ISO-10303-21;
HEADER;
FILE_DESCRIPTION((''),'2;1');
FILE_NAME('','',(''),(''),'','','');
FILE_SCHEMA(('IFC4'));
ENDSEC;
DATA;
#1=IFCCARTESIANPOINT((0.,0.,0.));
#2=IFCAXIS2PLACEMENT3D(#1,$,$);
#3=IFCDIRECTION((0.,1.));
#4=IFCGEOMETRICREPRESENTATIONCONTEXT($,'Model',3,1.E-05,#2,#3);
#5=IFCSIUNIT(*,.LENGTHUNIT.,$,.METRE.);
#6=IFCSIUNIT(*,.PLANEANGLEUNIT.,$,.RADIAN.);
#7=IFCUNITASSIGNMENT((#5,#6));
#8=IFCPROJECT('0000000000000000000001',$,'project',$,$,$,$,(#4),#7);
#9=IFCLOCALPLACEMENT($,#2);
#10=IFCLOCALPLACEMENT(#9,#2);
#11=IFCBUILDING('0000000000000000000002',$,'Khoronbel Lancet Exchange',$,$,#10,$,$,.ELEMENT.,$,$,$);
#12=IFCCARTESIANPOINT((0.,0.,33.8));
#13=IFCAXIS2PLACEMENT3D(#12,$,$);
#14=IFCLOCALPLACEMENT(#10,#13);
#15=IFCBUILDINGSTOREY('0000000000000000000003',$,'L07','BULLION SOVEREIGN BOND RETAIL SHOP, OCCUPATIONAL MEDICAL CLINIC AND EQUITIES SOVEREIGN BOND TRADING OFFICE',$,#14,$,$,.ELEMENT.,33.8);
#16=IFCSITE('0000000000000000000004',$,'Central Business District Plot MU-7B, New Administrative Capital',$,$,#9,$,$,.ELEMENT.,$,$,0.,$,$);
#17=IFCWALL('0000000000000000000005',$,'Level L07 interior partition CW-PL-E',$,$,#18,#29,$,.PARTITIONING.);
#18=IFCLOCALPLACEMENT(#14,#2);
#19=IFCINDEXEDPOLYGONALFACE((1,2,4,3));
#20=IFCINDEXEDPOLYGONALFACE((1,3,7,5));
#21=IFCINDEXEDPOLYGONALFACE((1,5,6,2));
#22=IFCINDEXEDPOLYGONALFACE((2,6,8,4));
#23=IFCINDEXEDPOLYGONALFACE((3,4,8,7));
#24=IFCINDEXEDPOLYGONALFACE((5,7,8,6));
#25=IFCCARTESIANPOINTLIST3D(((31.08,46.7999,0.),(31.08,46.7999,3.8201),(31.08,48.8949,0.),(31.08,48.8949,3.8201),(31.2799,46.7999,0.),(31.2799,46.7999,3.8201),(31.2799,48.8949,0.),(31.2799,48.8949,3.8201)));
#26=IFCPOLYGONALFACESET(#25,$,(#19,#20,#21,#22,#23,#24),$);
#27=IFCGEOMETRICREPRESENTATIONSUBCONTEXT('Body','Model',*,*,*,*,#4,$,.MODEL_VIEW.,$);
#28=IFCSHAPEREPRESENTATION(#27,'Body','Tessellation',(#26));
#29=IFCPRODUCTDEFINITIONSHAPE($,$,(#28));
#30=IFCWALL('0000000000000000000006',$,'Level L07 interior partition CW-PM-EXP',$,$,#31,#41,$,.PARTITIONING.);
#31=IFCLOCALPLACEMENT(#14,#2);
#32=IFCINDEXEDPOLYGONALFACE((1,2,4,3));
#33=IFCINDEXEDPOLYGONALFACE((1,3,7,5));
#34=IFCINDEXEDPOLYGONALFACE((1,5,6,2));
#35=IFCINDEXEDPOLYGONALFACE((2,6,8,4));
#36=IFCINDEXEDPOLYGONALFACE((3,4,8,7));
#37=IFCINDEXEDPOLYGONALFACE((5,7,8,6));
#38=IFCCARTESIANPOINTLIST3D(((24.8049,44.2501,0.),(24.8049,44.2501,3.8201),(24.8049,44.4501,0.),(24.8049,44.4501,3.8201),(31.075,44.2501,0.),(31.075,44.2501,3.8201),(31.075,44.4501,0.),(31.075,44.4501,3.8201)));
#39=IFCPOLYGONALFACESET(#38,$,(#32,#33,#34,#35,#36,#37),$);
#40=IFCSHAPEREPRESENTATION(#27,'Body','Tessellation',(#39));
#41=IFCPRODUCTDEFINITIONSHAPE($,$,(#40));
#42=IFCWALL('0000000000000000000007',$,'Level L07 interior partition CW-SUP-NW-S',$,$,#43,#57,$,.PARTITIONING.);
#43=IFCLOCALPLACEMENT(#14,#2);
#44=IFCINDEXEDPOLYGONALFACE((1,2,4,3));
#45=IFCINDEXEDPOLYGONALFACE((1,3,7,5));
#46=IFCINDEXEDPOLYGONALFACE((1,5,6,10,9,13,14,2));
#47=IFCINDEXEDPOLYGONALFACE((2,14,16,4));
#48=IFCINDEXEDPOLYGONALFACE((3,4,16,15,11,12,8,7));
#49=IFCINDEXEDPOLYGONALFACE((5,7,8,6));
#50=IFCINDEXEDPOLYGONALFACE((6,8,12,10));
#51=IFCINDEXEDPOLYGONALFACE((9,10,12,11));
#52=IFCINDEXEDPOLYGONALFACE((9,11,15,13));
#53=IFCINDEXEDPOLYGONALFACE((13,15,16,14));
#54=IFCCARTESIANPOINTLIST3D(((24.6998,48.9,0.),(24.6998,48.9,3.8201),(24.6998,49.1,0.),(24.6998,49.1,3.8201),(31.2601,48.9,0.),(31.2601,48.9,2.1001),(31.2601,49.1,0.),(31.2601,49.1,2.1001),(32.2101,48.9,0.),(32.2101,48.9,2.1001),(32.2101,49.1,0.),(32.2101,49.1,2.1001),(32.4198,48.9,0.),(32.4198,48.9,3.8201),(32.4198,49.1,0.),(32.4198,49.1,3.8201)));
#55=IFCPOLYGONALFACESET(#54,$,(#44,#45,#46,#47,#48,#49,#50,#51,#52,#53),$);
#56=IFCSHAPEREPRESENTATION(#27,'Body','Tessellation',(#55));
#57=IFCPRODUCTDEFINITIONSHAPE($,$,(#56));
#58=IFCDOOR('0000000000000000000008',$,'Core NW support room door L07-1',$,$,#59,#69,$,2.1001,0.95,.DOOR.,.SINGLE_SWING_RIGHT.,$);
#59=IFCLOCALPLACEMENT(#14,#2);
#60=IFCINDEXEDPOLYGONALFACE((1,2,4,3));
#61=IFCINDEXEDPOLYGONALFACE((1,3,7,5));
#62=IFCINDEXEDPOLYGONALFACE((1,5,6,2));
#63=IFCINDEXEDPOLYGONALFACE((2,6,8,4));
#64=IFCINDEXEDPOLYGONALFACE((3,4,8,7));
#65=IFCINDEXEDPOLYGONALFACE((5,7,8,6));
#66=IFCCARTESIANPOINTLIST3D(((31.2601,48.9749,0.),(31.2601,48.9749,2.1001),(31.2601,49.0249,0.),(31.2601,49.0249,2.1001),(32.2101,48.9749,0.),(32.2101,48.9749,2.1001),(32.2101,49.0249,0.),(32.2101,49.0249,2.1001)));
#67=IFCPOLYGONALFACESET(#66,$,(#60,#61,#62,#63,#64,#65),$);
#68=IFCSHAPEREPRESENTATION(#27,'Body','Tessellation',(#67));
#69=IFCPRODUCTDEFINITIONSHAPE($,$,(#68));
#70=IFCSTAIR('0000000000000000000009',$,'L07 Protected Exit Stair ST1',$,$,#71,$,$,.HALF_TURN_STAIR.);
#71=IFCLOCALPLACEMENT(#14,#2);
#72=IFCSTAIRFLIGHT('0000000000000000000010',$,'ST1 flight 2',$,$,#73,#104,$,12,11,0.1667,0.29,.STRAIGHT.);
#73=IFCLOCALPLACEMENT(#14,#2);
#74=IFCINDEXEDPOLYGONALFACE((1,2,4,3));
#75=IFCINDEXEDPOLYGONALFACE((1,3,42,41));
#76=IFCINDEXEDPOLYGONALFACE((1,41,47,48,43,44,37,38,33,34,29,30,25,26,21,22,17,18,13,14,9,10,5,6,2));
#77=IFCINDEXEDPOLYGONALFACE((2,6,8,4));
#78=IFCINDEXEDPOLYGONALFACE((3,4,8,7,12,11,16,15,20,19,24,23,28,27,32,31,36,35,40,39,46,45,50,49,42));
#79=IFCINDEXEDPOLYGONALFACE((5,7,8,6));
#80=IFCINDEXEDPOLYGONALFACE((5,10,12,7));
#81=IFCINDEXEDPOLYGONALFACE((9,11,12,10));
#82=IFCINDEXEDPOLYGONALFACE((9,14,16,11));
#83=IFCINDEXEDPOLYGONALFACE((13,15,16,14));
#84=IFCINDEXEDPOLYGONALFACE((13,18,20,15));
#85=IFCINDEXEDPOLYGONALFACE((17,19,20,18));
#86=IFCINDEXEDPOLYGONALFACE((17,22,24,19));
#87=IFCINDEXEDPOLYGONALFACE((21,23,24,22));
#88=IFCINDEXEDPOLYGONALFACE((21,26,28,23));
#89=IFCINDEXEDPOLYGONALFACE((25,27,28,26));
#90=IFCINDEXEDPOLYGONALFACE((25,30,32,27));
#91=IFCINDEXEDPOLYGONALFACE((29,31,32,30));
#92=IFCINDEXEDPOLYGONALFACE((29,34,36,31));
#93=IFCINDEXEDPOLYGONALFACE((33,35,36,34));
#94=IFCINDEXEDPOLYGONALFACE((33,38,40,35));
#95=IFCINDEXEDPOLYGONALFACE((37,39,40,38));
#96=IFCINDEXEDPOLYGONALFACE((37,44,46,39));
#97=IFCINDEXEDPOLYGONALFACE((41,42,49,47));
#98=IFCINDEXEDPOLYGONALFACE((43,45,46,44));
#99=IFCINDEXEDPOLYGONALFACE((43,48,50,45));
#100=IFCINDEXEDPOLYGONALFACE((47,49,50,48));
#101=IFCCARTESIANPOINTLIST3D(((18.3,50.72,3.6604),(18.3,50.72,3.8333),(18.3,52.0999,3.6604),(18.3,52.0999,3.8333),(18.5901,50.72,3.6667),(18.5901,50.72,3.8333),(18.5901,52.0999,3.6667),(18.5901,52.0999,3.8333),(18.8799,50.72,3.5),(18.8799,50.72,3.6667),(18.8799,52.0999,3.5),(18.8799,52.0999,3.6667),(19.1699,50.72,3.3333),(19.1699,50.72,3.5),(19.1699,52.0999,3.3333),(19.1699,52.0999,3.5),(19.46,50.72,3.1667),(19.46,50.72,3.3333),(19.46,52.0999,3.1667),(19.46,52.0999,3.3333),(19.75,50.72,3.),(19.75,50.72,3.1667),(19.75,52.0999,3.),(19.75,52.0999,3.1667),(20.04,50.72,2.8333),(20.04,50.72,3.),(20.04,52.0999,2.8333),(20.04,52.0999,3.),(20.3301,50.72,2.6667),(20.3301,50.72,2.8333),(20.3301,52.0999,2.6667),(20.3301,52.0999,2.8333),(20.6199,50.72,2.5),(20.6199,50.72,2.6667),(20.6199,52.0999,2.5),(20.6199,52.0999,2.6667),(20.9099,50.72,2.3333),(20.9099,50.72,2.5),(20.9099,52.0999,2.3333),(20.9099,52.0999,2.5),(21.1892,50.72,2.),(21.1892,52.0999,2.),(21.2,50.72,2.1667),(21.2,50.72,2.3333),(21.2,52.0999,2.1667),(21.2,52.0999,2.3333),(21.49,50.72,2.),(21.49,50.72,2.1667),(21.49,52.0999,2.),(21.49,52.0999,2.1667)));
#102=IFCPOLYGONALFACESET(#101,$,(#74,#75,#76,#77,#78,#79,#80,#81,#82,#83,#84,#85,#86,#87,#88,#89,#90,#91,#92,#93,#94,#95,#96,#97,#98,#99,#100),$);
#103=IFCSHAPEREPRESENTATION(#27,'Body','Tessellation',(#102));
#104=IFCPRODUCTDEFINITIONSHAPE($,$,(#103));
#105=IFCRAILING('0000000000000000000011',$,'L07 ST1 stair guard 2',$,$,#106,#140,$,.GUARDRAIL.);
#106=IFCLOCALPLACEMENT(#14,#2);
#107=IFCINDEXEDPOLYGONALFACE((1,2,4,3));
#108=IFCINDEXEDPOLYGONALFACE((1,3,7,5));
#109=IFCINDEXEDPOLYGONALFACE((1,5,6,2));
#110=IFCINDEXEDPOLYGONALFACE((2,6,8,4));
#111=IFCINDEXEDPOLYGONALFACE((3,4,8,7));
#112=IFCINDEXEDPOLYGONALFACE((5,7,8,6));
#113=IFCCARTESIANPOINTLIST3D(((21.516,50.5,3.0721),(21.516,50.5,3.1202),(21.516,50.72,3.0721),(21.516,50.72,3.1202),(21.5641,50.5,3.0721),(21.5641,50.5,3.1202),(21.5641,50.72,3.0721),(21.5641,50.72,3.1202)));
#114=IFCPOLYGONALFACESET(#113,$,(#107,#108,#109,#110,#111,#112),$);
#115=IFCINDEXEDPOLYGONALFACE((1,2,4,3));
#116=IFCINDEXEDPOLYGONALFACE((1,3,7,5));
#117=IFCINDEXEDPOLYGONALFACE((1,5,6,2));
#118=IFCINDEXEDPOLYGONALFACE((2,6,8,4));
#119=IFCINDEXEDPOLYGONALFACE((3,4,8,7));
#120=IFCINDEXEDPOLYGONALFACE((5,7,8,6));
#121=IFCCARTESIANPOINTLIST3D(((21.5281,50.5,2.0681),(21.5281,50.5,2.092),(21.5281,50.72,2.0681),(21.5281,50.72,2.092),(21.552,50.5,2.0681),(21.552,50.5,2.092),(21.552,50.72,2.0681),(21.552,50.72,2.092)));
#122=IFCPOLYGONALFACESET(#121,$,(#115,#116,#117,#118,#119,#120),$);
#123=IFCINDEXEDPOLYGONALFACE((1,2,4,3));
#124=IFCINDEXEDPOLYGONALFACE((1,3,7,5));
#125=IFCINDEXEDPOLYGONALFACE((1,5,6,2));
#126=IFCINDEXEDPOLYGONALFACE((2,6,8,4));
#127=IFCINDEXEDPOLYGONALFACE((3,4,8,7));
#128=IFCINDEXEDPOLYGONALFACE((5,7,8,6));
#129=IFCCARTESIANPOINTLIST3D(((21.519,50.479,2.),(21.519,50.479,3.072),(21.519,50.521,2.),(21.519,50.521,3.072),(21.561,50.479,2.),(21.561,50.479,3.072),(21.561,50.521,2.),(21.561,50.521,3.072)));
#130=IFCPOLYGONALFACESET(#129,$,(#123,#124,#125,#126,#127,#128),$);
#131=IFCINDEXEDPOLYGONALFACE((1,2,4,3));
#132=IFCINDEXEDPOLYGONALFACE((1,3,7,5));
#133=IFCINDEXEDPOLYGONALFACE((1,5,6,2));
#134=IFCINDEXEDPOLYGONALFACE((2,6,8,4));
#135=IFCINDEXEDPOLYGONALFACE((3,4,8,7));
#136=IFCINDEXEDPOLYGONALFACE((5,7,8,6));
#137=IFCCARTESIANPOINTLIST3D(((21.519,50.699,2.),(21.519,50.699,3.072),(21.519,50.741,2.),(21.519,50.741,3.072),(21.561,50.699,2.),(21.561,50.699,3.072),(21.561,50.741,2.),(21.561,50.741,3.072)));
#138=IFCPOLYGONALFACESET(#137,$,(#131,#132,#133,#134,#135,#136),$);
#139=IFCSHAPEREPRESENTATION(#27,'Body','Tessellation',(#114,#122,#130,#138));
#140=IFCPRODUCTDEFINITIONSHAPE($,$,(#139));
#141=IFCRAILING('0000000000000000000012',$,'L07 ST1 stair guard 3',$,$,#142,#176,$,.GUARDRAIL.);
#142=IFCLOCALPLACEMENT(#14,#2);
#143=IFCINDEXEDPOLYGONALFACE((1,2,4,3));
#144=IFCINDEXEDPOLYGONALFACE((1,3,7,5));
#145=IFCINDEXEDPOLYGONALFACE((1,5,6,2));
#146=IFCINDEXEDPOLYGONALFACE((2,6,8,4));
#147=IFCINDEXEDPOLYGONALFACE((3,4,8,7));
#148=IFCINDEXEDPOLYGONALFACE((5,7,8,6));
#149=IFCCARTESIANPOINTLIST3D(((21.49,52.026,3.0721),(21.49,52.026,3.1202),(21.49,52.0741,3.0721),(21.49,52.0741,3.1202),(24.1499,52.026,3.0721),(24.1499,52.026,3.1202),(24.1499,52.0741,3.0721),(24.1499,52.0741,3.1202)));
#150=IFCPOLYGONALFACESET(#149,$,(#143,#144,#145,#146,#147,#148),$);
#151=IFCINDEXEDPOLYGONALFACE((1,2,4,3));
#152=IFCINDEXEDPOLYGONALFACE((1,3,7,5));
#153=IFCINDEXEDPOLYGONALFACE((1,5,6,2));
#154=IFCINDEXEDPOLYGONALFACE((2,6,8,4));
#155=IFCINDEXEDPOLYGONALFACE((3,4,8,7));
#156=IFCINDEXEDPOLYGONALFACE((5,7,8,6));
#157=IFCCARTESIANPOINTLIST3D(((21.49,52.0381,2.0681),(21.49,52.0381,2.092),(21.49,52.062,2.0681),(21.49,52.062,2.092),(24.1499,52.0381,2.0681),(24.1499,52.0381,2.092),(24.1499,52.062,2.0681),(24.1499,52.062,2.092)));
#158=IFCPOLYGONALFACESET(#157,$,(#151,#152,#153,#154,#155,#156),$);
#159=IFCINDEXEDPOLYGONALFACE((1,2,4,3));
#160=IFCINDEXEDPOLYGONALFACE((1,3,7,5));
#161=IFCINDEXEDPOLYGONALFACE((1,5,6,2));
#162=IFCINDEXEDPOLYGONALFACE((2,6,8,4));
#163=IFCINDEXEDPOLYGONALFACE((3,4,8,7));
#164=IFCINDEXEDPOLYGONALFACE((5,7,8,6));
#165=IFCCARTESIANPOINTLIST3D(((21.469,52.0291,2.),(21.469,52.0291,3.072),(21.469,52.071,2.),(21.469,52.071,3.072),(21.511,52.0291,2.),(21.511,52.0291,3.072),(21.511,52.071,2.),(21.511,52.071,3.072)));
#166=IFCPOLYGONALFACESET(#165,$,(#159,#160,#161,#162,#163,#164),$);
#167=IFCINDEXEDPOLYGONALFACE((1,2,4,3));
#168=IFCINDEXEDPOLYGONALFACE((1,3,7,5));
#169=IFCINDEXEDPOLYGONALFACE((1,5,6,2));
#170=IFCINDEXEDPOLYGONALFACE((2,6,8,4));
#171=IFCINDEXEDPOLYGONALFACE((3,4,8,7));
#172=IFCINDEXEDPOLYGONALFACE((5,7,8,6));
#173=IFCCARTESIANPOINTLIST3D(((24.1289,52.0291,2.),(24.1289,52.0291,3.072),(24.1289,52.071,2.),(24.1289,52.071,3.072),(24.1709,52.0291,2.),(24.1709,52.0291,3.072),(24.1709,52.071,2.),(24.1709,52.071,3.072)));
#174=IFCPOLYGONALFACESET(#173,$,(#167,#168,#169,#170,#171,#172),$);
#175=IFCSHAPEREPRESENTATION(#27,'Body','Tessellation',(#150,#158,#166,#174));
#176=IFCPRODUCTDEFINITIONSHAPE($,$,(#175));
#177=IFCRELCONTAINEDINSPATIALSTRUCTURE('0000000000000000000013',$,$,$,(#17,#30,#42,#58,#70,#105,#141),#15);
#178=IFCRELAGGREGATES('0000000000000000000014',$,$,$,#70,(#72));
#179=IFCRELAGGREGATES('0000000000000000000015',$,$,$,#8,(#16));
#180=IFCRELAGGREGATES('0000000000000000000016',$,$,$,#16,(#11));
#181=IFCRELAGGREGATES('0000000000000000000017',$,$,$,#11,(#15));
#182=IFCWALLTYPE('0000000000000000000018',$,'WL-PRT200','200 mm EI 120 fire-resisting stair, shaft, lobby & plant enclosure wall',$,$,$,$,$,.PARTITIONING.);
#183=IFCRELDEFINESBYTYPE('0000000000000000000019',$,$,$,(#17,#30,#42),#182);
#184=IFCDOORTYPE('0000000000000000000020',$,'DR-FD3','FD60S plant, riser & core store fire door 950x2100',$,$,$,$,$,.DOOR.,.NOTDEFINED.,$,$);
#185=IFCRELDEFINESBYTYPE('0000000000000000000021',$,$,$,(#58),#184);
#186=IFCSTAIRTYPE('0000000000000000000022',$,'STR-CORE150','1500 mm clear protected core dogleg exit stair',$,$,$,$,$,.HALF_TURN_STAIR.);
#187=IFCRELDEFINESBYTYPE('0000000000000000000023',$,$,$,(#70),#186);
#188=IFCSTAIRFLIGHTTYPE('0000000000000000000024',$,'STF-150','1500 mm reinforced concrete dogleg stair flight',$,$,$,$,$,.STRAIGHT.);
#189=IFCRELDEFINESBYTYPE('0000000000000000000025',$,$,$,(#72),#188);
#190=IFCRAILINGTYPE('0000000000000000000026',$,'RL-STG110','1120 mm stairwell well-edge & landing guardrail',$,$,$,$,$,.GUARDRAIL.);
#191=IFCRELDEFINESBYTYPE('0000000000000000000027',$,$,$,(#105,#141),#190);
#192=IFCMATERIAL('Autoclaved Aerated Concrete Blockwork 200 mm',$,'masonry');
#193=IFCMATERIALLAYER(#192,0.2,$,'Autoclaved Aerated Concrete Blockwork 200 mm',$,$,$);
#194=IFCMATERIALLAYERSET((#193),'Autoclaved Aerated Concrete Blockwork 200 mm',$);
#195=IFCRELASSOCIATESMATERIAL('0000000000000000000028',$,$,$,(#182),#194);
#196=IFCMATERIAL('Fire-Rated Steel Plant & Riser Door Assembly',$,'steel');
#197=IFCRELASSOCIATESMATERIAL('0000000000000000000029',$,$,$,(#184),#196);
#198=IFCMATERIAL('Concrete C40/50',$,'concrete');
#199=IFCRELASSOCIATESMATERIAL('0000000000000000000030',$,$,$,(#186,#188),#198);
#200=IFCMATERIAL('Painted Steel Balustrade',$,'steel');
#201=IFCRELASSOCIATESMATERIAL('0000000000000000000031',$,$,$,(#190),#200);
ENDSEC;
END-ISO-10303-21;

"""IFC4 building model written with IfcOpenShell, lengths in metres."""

from ifc_helpers import new_model, si_unit, direction, frame, frame_2d, origin, origin_2d, place, context, subcontext, project, spatial, polyline, rectangle, outline, extrude, material, layer, layer_set, type_object, element, fill, aggregate, save


model = new_model("IFC4")

# Units and contexts
model_context = context("Model", 3, precision=1e-05, world=origin(), true_north=direction((0.0, 1.0)))
body_context = subcontext(model_context, "Body", "Model", "MODEL_VIEW")
ifc_project = project(units=[si_unit("LENGTHUNIT", "METRE"), si_unit("PLANEANGLEUNIT", "RADIAN")], contexts=[model_context])

# Site, building, storey
site_placement = place(None, origin())
site = spatial("IfcSite", under=ifc_project, at=site_placement, Name="Central Business District Plot MU-7B, New Administrative Capital", CompositionType="ELEMENT", RefElevation=0.0)
building_placement = place(site_placement, origin())
building = spatial("IfcBuilding", under=site, at=building_placement, Name="Khoronbel Lancet Exchange", CompositionType="ELEMENT")
storey_placement = place(building_placement, frame((0.0, 0.0, 33.8)))
storey = spatial("IfcBuildingStorey", under=building, at=storey_placement, Name="L07", Description="BULLION SOVEREIGN BOND RETAIL SHOP, OCCUPATIONAL MEDICAL CLINIC AND EQUITIES SOVEREIGN BOND TRADING OFFICE", CompositionType="ELEMENT", Elevation=33.8)

# Shared definitions
ifc_material_1 = material(Name="Autoclaved Aerated Concrete Blockwork 200 mm", Category="masonry")
ifc_layer_1 = layer(ifc_material_1, 0.2, Name="Autoclaved Aerated Concrete Blockwork 200 mm")
ifc_layer_set_1 = layer_set([ifc_layer_1], Name="Autoclaved Aerated Concrete Blockwork 200 mm")
wall_type_1 = type_object("IfcWallType", Name="WL-PRT200", Description="200 mm EI 120 fire-resisting stair, shaft, lobby & plant enclosure wall", PredefinedType="PARTITIONING", material=ifc_layer_set_1)

# Walls
for number, where, z_axis, x_axis, name in (
    (1, (31.1799, 46.8, 0.0), (0.0, 0.0, 1.0), (0.0, 1.0, 0.0), "Level L07 interior partition CW-PL-E"),
):
    element("IfcWall", number, at=place(storey_placement, frame(where, z_axis=z_axis, x_axis=x_axis)), inside=storey, type_object=wall_type_1, Name=name, PredefinedType="PARTITIONING", context=body_context, shape_type="SweptSolid", body=[
        extrude(rectangle(XDim=2.095, YDim=0.2, at=frame_2d((1.0474, 0.0))), origin(), (0.0, 0.0, 1.0), 3.8201),
    ])
wall_1_placement = place(storey_placement, frame((24.8049, 44.3501, 0.0), z_axis=(0.0, 0.0, 1.0), x_axis=(1.0, 0.0, 0.0)))
element("IfcWall", 2, at=wall_1_placement, inside=storey, type_object=wall_type_1, Name="Level L07 interior partition CW-PM-EXP", PredefinedType="PARTITIONING", context=body_context, shape_type="SweptSolid", body=[
    extrude(rectangle(XDim=6.27, YDim=0.2, at=frame_2d((3.135, 0.0))), origin(), (0.0, 0.0, 1.0), 3.8201),
])

# Wall, opening, door
wall_2_placement = place(storey_placement, frame((24.7, 49.0, 0.0), z_axis=(0.0, 0.0, 1.0), x_axis=(1.0, 0.0, 0.0)))
wall_2 = element("IfcWall", 3, at=wall_2_placement, inside=storey, type_object=wall_type_1, Name="Level L07 interior partition CW-SUP-NW-S", PredefinedType="PARTITIONING", context=body_context, shape_type="SweptSolid", body=[
    extrude(rectangle(XDim=7.72, YDim=0.2, at=frame_2d((3.8599, 0.0))), origin(), (0.0, 0.0, 1.0), 3.8201),
])
opening_1_placement = place(wall_2_placement, frame((6.5601, 0.0, 0.0)))
opening_1 = element("IfcOpeningElement", 4, at=opening_1_placement, cuts=wall_2, PredefinedType="OPENING", context=body_context, shape_type="SweptSolid", body=[
    extrude(rectangle(XDim=0.95, YDim=2.1001, at=frame_2d((0.4751, 1.05))), frame((0.0, 0.1099, 0.0), z_axis=(0.0, -1.0, 0.0), x_axis=(1.0, 0.0, 0.0)), (0.0, 0.0, 1.0), 0.22),
])
ifc_material_2 = material(Name="Fire-Rated Steel Plant & Riser Door Assembly", Category="steel")
door_type_1 = type_object("IfcDoorType", Name="DR-FD3", Description="FD60S plant, riser & core store fire door 950x2100", OperationType="NOTDEFINED", PredefinedType="DOOR", material=ifc_material_2)
door_1_placement = place(opening_1_placement, origin())
door_1 = element("IfcDoor", 5, at=door_1_placement, inside=storey, type_object=door_type_1, Name="Core NW support room door L07-1", OperationType="SINGLE_SWING_RIGHT", OverallHeight=2.1001, OverallWidth=0.95, PredefinedType="DOOR", context=body_context, shape_type="SweptSolid", body=[
    extrude(rectangle(XDim=0.95, YDim=2.1001, at=frame_2d((0.4751, 1.05))), frame((0.0, 0.0249, 0.0), z_axis=(0.0, -1.0, 0.0), x_axis=(1.0, 0.0, 0.0)), (0.0, 0.0, 1.0), 0.05),
])
fill(opening_1, door_1)

# Stair, stair flight
ifc_material_3 = material(Name="Concrete C40/50", Category="concrete")
stair_type = type_object("IfcStairType", Name="STR-CORE150", Description="1500 mm clear protected core dogleg exit stair", PredefinedType="HALF_TURN_STAIR", material=ifc_material_3)
stair_placement = place(storey_placement, origin())
stair = element("IfcStair", 6, at=stair_placement, inside=storey, type_object=stair_type, Name="L07 Protected Exit Stair ST1", PredefinedType="HALF_TURN_STAIR")
stair_flight_type = type_object("IfcStairFlightType", Name="STF-150", Description="1500 mm reinforced concrete dogleg stair flight", PredefinedType="STRAIGHT", material=ifc_material_3)
stair_flight_placement = place(storey_placement, frame((21.49, 51.4099, 2.0), z_axis=(0.0, 0.0, 1.0), x_axis=(-1.0, 0.0, 0.0)))
stair_flight = element("IfcStairFlight", 7, at=stair_flight_placement, type_object=stair_flight_type, Name="ST1 flight 2", NumberOfRisers=12, NumberOfTreads=11, PredefinedType="STRAIGHT", RiserHeight=0.1667, TreadLength=0.29, context=body_context, shape_type="SweptSolid", body=[
    extrude(outline(polyline([(0.0, 0.0), (0.0, 0.1667), (0.29, 0.1667), (0.29, 0.3333), (0.5801, 0.3333), (0.5801, 0.5), (0.8701, 0.5), (0.8701, 0.6667), (1.1599, 0.6667), (1.1599, 0.8333), (1.45, 0.8333), (1.45, 1.0), (1.74, 1.0), (1.74, 1.1667), (2.03, 1.1667), (2.03, 1.3333), (2.3201, 1.3333), (2.3201, 1.5), (2.6101, 1.5), (2.6101, 1.6667), (2.8999, 1.6667), (2.8999, 1.8333), (3.1899, 1.8333), (3.1899, 2.0), (3.1899, 1.6604), (0.3008, 0.0), (0.0, 0.0)])), frame((0.0, 0.6899, 0.0), z_axis=(0.0, -1.0, 0.0), x_axis=(1.0, 0.0, 0.0)), (0.0, 0.0, 1.0), 1.3799),
])
aggregate(stair, [stair_flight])

# Railings
ifc_material_4 = material(Name="Painted Steel Balustrade", Category="steel")
railing_type_1 = type_object("IfcRailingType", Name="RL-STG110", Description="1120 mm stairwell well-edge & landing guardrail", PredefinedType="GUARDRAIL", material=ifc_material_4)
railing_1_placement = place(storey_placement, frame((21.54, 50.5, 2.0)))
element("IfcRailing", 8, at=railing_1_placement, inside=storey, type_object=railing_type_1, Name="L07 ST1 stair guard 2", PredefinedType="GUARDRAIL", context=body_context, shape_type="SweptSolid", body=[
    extrude(rectangle(XDim=0.0481, YDim=0.0481, at=origin_2d()), frame((0.0, 0.0, 1.0962), z_axis=(0.0, 1.0, 0.0), x_axis=(-1.0, 0.0, 0.0)), (0.0, 0.0, 1.0), 0.22),
    extrude(rectangle(XDim=0.0239, YDim=0.0239, at=origin_2d()), frame((0.0, 0.0, 0.0801), z_axis=(0.0, 1.0, 0.0), x_axis=(-1.0, 0.0, 0.0)), (0.0, 0.0, 1.0), 0.22),
    extrude(rectangle(XDim=0.042, YDim=0.042, at=origin_2d()), origin(), (0.0, 0.0, 1.0), 1.072),
    extrude(rectangle(XDim=0.042, YDim=0.042, at=origin_2d()), frame((0.0, 0.22, 0.0)), (0.0, 0.0, 1.0), 1.072),
])
railing_2_placement = place(storey_placement, frame((21.49, 52.05, 2.0)))
element("IfcRailing", 9, at=railing_2_placement, inside=storey, type_object=railing_type_1, Name="L07 ST1 stair guard 3", PredefinedType="GUARDRAIL", context=body_context, shape_type="SweptSolid", body=[
    extrude(rectangle(XDim=0.0481, YDim=0.0481, at=origin_2d()), frame((0.0, 0.0, 1.0962), z_axis=(1.0, 0.0, 0.0), x_axis=(0.0, 1.0, 0.0)), (0.0, 0.0, 1.0), 2.6599),
    extrude(rectangle(XDim=0.0239, YDim=0.0239, at=origin_2d()), frame((0.0, 0.0, 0.0801), z_axis=(1.0, 0.0, 0.0), x_axis=(0.0, 1.0, 0.0)), (0.0, 0.0, 1.0), 2.6599),
    extrude(rectangle(XDim=0.042, YDim=0.042, at=origin_2d()), origin(), (0.0, 0.0, 1.0), 1.072),
    extrude(rectangle(XDim=0.042, YDim=0.042, at=origin_2d()), frame((2.6599, 0.0, 0.0)), (0.0, 0.0, 1.0), 1.072),
])

save(model, "model.ifc")
